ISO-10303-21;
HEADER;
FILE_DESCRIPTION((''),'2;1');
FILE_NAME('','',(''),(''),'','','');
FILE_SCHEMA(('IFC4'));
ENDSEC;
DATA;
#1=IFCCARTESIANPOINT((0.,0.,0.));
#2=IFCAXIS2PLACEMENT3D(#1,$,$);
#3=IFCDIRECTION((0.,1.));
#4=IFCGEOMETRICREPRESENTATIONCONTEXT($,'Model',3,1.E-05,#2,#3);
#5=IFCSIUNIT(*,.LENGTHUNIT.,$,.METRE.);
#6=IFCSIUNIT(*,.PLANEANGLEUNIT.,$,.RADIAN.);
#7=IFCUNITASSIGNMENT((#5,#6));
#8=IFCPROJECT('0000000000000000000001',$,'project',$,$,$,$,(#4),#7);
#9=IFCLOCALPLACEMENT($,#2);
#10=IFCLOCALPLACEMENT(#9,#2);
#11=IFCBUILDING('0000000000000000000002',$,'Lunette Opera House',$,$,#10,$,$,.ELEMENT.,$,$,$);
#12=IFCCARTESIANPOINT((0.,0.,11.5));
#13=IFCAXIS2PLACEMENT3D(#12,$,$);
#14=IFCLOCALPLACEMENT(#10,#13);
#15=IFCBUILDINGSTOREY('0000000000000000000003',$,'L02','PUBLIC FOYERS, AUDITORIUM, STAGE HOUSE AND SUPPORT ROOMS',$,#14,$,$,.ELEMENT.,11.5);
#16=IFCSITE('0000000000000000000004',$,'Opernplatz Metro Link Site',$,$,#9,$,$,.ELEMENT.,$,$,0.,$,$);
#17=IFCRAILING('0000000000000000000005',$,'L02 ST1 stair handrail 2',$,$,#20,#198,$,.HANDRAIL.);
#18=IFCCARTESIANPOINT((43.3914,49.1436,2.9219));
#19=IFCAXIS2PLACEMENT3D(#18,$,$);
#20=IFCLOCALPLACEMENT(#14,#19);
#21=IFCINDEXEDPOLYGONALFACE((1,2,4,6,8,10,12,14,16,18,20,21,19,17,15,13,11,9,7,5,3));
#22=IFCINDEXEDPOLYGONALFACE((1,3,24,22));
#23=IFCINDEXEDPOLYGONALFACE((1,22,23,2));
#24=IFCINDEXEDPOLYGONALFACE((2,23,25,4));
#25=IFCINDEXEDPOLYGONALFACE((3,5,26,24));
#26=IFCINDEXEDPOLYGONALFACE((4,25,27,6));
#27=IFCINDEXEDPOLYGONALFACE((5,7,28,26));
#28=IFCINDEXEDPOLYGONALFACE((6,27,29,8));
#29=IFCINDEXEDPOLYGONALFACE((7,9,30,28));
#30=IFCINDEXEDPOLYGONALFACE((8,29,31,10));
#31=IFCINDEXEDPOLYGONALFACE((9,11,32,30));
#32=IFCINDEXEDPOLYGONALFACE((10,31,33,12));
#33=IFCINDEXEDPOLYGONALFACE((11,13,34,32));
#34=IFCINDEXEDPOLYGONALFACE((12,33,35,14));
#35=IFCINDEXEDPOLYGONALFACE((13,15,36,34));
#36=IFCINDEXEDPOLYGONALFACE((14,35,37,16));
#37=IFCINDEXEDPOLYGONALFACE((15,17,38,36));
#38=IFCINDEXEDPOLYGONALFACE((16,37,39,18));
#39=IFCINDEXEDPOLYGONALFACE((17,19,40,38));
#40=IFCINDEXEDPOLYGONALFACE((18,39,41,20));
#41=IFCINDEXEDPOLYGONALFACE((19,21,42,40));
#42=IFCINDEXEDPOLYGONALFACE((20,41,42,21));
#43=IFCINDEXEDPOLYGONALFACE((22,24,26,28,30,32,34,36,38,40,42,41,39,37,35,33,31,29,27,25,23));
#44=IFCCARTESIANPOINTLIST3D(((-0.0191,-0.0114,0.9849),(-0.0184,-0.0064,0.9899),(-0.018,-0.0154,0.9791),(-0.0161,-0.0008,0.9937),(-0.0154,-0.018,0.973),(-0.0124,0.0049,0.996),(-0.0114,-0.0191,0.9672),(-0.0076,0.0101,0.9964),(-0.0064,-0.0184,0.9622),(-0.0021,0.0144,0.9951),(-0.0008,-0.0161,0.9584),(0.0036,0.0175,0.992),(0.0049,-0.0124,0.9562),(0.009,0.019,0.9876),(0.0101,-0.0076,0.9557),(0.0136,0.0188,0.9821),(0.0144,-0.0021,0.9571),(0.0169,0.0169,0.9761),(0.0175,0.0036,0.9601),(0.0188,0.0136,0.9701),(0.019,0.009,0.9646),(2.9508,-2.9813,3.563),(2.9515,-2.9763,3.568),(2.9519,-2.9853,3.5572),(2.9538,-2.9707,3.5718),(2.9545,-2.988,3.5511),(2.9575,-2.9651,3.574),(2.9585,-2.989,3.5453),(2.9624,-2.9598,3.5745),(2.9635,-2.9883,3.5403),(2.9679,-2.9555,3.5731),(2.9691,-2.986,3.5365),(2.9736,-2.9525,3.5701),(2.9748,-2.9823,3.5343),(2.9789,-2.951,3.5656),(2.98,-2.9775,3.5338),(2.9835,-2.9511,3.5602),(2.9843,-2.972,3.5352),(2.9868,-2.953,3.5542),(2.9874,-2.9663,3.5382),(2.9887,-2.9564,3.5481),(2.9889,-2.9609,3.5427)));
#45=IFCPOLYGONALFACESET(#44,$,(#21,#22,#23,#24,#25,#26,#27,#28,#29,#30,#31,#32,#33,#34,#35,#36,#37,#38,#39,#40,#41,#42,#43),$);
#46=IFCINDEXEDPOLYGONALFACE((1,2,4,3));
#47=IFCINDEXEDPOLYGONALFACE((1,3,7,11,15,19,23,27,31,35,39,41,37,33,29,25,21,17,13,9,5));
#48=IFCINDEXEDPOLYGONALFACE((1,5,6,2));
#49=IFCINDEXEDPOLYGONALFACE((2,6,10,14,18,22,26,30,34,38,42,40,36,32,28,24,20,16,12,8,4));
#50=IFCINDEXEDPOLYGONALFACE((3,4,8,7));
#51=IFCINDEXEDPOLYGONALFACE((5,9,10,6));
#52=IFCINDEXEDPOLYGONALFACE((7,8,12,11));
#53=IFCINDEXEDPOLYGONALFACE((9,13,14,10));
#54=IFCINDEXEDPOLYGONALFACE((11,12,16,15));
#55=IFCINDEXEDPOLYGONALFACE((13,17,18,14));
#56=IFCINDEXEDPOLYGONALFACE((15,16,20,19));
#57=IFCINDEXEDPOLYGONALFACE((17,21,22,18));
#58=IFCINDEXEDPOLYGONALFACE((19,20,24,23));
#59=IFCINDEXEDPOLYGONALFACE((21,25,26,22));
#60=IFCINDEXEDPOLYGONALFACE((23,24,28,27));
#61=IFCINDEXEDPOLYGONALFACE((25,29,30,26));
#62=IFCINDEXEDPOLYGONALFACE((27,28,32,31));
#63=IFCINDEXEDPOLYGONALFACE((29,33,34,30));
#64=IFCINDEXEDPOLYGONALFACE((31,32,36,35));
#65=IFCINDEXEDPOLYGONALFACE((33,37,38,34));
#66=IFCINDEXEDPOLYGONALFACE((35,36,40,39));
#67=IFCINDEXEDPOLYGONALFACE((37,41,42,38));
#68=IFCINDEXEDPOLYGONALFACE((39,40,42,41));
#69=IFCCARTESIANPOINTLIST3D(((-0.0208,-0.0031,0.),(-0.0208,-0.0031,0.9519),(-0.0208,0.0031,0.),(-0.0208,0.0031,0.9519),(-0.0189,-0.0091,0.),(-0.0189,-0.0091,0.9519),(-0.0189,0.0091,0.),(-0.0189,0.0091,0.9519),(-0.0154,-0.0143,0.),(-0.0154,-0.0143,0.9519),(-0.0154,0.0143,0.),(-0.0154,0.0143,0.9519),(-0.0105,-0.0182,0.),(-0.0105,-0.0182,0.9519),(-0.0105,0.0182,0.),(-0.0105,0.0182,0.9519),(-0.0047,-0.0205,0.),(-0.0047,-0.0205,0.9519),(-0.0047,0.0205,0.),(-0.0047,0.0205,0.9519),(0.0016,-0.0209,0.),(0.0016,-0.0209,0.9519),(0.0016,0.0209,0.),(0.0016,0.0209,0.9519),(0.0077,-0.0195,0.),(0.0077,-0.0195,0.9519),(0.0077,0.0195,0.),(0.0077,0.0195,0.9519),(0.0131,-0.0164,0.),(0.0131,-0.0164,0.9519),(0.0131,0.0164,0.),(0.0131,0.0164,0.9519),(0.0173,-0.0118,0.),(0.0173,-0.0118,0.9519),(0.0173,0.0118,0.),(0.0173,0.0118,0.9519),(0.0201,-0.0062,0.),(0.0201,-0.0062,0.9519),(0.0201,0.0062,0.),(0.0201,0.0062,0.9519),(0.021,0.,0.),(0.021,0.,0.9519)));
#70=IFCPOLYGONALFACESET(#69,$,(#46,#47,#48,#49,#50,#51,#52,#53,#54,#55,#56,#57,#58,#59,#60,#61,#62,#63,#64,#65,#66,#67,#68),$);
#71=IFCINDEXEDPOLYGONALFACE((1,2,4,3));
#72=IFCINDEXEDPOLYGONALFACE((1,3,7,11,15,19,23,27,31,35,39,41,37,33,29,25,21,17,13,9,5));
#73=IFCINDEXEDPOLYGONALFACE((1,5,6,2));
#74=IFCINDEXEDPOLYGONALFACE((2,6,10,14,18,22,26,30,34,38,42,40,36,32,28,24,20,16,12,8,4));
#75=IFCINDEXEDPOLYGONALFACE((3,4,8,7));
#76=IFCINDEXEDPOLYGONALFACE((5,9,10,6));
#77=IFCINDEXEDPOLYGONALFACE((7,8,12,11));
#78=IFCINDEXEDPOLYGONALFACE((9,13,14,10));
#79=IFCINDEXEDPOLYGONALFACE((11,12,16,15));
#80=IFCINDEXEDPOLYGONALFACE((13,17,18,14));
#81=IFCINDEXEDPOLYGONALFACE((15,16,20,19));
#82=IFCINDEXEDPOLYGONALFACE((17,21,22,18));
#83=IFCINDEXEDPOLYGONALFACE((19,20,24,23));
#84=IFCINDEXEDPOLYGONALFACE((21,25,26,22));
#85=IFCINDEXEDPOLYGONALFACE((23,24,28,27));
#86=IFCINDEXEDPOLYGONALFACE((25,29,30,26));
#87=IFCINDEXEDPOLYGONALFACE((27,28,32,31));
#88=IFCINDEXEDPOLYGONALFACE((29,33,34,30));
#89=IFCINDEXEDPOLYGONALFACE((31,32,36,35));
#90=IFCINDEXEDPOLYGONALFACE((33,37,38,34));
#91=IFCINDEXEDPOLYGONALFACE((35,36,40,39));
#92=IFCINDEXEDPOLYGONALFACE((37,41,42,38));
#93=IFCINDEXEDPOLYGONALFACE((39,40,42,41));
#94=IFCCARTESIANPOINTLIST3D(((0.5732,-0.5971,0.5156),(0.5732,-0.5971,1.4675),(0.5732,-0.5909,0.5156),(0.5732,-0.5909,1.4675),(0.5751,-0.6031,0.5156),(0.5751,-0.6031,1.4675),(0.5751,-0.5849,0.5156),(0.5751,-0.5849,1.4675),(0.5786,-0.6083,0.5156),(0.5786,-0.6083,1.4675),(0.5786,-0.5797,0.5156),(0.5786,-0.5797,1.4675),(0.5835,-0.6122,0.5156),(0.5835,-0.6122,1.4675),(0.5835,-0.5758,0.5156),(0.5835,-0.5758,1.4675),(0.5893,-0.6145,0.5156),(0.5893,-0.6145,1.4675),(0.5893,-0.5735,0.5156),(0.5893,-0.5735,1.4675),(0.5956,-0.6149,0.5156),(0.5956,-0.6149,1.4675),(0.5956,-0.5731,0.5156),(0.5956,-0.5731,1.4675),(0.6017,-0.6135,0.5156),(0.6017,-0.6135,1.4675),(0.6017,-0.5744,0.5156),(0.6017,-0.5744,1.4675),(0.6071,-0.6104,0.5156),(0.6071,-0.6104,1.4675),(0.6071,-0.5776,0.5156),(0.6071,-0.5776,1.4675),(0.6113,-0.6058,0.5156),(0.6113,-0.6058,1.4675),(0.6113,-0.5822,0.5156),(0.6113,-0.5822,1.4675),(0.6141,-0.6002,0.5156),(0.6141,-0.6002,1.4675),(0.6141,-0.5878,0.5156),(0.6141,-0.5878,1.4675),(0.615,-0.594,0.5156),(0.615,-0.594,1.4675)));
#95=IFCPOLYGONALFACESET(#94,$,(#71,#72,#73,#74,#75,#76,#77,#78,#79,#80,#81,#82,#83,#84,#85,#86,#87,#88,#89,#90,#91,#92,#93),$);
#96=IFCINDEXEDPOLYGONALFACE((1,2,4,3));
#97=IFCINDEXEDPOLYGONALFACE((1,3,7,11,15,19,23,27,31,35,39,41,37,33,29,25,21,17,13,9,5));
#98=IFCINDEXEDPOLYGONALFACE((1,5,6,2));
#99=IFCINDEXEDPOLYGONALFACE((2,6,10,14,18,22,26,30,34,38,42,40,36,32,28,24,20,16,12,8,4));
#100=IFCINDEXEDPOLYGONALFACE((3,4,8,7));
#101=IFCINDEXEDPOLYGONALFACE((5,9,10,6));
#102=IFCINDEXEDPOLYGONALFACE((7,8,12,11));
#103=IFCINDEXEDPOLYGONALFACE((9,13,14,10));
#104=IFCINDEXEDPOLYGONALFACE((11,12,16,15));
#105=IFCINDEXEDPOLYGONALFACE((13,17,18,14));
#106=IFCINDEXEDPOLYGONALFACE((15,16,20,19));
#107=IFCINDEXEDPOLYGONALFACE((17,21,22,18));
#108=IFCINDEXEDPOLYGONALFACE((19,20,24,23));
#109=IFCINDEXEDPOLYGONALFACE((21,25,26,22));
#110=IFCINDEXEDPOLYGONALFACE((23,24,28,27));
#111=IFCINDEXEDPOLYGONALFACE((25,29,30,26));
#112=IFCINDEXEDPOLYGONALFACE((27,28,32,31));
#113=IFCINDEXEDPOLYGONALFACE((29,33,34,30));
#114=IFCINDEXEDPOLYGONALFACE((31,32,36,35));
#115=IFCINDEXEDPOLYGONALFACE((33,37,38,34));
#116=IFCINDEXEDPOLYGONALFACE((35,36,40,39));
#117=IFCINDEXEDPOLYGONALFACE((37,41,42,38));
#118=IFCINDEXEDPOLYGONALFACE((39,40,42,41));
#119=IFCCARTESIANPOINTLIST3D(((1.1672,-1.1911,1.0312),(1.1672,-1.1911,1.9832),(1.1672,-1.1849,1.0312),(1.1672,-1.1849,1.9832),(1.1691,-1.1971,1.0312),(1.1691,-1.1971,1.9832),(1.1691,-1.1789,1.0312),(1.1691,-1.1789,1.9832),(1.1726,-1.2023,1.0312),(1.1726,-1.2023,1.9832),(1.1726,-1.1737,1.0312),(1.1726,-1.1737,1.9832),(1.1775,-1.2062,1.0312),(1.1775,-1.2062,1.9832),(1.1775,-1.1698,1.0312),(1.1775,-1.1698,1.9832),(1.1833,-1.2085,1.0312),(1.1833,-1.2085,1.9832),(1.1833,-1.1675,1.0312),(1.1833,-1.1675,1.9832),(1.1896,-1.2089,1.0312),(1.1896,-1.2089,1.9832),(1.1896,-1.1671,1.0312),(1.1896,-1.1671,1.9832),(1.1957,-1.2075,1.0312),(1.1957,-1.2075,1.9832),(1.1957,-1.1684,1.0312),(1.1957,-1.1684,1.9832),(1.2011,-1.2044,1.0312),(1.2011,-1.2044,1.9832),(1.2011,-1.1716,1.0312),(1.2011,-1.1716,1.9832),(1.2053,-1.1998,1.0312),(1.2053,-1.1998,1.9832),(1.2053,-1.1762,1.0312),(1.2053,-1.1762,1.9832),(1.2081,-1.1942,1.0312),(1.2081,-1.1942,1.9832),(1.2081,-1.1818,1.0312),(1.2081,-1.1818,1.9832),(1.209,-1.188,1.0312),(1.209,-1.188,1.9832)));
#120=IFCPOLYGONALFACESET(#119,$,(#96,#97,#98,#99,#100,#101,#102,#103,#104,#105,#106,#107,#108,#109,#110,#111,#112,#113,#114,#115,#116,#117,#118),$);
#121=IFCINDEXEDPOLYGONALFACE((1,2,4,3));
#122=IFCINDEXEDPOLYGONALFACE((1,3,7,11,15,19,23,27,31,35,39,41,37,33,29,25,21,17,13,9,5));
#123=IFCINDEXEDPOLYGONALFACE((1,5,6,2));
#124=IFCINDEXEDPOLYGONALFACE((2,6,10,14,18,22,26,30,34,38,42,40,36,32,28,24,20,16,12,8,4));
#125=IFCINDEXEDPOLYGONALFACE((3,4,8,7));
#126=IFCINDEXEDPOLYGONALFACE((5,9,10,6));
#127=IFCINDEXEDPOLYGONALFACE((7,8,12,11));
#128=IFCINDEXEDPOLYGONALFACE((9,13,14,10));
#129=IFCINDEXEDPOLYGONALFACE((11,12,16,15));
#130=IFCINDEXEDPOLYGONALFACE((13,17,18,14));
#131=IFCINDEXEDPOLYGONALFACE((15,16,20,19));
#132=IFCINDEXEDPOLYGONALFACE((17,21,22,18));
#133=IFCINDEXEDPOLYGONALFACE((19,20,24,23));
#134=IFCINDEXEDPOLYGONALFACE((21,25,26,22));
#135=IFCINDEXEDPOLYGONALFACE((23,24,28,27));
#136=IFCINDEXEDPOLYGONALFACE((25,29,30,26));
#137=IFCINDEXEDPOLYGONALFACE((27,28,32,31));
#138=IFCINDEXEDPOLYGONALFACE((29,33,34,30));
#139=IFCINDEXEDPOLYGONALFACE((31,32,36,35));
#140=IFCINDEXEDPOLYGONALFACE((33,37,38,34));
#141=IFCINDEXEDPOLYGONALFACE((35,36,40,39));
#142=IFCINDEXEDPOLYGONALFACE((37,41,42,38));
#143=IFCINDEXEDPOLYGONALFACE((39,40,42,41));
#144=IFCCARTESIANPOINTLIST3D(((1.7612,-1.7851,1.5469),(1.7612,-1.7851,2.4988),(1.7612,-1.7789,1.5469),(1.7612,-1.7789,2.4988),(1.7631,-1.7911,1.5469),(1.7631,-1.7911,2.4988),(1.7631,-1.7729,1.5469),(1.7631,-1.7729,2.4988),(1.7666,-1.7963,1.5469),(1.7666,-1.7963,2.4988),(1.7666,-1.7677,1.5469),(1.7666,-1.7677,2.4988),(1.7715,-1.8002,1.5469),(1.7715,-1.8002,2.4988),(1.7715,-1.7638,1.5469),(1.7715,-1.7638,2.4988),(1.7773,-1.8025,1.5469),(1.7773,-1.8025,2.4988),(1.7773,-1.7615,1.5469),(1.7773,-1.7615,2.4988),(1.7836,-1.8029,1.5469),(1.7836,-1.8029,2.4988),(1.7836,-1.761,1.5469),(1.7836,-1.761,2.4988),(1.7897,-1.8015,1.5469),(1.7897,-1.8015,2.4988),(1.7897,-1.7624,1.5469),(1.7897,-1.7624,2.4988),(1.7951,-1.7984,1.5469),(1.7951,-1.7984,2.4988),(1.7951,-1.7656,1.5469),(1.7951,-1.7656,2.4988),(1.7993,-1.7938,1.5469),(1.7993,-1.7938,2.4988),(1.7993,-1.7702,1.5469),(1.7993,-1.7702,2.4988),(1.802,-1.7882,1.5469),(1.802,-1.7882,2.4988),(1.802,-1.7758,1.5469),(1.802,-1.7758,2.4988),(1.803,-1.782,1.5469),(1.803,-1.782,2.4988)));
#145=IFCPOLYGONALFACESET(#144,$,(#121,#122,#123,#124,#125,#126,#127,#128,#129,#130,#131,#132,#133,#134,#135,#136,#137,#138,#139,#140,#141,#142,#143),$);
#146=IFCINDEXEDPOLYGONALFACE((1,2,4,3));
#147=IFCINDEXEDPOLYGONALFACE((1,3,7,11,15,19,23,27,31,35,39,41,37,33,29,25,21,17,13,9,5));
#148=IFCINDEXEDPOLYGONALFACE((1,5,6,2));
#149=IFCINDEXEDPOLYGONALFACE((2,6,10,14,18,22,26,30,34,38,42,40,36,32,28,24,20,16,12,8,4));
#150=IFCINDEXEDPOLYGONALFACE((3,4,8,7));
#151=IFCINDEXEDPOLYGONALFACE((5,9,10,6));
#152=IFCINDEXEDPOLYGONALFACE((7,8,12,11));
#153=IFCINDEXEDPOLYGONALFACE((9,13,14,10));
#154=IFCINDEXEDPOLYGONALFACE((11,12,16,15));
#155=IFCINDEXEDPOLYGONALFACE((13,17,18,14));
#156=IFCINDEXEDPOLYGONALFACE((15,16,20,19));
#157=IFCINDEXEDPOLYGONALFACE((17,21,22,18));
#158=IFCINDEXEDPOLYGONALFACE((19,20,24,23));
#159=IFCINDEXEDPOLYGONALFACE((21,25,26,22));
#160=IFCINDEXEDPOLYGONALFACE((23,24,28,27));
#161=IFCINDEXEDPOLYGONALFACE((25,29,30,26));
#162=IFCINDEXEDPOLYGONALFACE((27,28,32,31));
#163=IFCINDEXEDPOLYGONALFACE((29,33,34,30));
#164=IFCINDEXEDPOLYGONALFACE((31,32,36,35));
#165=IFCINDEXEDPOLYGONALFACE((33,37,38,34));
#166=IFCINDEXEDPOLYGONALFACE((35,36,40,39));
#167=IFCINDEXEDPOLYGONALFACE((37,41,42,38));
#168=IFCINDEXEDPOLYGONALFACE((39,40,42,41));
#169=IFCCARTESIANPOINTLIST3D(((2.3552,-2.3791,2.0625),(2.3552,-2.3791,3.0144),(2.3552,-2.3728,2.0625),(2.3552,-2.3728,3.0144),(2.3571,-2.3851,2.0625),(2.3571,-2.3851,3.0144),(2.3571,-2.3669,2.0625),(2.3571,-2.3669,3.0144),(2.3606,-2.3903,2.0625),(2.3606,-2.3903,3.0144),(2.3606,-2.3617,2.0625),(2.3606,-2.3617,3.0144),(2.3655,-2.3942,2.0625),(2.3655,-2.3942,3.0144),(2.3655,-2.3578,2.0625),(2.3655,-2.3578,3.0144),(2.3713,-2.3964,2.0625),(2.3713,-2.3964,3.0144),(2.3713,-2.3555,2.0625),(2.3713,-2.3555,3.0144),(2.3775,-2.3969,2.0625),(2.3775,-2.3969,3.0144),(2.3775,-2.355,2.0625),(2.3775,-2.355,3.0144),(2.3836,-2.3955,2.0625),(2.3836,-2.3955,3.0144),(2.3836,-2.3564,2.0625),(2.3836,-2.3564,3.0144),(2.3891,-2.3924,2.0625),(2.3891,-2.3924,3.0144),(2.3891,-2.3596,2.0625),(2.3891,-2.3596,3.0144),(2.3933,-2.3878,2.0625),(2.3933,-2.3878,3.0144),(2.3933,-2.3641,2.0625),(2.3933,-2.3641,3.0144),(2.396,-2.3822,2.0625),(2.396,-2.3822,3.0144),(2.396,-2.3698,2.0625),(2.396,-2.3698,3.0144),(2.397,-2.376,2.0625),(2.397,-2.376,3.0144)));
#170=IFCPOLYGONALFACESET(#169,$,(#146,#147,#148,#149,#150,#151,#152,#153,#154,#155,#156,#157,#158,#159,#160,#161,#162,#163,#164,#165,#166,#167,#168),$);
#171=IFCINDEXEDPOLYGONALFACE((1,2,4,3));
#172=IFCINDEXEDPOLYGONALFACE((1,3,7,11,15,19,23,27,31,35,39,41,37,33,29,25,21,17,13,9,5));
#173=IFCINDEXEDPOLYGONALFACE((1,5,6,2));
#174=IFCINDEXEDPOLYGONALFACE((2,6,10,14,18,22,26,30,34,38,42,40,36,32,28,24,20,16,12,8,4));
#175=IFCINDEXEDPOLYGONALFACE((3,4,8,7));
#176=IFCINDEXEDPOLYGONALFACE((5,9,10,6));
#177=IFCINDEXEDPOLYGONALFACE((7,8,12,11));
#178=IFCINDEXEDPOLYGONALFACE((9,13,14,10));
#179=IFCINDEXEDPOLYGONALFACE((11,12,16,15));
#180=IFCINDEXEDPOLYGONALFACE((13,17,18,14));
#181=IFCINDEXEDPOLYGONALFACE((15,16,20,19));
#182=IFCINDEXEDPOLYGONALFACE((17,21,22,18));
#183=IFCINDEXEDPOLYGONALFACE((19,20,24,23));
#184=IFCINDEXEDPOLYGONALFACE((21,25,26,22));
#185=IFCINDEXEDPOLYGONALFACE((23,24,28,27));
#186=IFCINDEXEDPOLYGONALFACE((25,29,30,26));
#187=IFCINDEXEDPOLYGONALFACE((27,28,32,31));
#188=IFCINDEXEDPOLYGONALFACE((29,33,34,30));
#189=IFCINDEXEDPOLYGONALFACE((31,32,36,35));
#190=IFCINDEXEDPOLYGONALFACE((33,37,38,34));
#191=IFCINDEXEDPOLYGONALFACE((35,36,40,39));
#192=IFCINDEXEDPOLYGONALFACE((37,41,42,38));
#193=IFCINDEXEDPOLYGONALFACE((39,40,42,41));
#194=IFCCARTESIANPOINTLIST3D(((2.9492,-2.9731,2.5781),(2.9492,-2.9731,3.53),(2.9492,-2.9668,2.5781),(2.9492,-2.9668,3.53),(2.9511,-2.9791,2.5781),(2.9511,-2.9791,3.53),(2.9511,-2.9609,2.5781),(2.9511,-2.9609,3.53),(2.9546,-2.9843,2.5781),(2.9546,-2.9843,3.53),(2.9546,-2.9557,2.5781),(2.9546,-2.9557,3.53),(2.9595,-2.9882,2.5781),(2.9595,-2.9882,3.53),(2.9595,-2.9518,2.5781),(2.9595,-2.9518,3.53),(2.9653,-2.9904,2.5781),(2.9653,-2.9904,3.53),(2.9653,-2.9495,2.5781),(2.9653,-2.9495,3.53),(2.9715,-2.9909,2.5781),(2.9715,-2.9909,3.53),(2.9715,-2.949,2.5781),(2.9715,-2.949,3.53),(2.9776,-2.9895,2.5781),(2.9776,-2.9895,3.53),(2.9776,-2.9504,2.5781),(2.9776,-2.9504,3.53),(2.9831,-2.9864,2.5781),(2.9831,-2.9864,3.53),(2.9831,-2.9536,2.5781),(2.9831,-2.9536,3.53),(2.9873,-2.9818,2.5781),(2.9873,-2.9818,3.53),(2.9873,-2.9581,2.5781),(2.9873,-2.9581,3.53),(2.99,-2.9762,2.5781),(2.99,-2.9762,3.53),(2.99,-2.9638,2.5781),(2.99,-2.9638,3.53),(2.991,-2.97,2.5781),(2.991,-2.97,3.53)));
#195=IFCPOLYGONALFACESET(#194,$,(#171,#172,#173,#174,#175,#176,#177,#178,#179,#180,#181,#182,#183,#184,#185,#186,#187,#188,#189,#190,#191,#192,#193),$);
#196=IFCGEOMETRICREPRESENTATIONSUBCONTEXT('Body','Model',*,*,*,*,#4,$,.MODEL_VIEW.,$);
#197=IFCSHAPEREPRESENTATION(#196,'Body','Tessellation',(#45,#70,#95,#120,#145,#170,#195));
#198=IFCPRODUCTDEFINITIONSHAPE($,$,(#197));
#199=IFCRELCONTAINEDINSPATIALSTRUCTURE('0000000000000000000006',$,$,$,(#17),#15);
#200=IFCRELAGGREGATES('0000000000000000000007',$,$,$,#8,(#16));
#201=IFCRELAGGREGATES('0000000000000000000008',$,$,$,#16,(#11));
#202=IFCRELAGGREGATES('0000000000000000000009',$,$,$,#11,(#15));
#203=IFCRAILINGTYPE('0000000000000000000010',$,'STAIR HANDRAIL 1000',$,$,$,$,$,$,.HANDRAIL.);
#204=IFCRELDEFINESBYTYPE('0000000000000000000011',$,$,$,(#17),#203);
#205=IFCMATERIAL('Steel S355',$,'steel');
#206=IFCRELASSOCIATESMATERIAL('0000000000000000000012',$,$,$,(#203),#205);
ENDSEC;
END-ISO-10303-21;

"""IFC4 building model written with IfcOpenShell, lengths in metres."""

from ifc_helpers import new_model, si_unit, direction, frame, origin, origin_2d, place, context, subcontext, project, spatial, circle, extrude, material, type_object, element, save


model = new_model("IFC4")

# Units and contexts
model_context = context("Model", 3, precision=1e-05, world=origin(), true_north=direction((0.0, 1.0)))
body_context = subcontext(model_context, "Body", "Model", "MODEL_VIEW")
ifc_project = project(units=[si_unit("LENGTHUNIT", "METRE"), si_unit("PLANEANGLEUNIT", "RADIAN")], contexts=[model_context])

# Site, building, storey
site_placement = place(None, origin())
site = spatial("IfcSite", under=ifc_project, at=site_placement, Name="Opernplatz Metro Link Site", CompositionType="ELEMENT", RefElevation=0.0)
building_placement = place(site_placement, origin())
building = spatial("IfcBuilding", under=site, at=building_placement, Name="Lunette Opera House", CompositionType="ELEMENT")
storey_placement = place(building_placement, frame((0.0, 0.0, 11.5)))
storey = spatial("IfcBuildingStorey", under=building, at=storey_placement, Name="L02", Description="PUBLIC FOYERS, AUDITORIUM, STAGE HOUSE AND SUPPORT ROOMS", CompositionType="ELEMENT", Elevation=11.5)

# Railing
ifc_material_1 = material(Name="Steel S355", Category="steel")
railing_type_1 = type_object("IfcRailingType", Name="STAIR HANDRAIL 1000", PredefinedType="HANDRAIL", material=ifc_material_1)
railing_1_placement = place(storey_placement, frame((43.3914, 49.1436, 2.9219)))
element("IfcRailing", 1, at=railing_1_placement, inside=storey, type_object=railing_type_1, Name="L02 ST1 stair handrail 2", PredefinedType="HANDRAIL", context=body_context, shape_type="SweptSolid", body=[
    extrude(circle(Radius=0.0239, at=origin_2d()), frame((0.0, 0.0, 0.9761), z_axis=(0.602635, -0.602635, 0.523126), x_axis=(0.707107, 0.707107, 0.0)), (0.0, 0.0, 1.0), 4.9282),
    extrude(circle(Radius=0.021, at=origin_2d()), origin(), (0.0, 0.0, 1.0), 0.9519),
    extrude(circle(Radius=0.021, at=origin_2d()), frame((0.594, -0.594, 0.5156)), (0.0, 0.0, 1.0), 0.9519),
    extrude(circle(Radius=0.021, at=origin_2d()), frame((1.188, -1.188, 1.0312)), (0.0, 0.0, 1.0), 0.9519),
    extrude(circle(Radius=0.021, at=origin_2d()), frame((1.782, -1.782, 1.5469)), (0.0, 0.0, 1.0), 0.9519),
    extrude(circle(Radius=0.021, at=origin_2d()), frame((2.376, -2.376, 2.0625)), (0.0, 0.0, 1.0), 0.9519),
    extrude(circle(Radius=0.021, at=origin_2d()), frame((2.97, -2.97, 2.5781)), (0.0, 0.0, 1.0), 0.9519),
])

save(model, "model.ifc")
